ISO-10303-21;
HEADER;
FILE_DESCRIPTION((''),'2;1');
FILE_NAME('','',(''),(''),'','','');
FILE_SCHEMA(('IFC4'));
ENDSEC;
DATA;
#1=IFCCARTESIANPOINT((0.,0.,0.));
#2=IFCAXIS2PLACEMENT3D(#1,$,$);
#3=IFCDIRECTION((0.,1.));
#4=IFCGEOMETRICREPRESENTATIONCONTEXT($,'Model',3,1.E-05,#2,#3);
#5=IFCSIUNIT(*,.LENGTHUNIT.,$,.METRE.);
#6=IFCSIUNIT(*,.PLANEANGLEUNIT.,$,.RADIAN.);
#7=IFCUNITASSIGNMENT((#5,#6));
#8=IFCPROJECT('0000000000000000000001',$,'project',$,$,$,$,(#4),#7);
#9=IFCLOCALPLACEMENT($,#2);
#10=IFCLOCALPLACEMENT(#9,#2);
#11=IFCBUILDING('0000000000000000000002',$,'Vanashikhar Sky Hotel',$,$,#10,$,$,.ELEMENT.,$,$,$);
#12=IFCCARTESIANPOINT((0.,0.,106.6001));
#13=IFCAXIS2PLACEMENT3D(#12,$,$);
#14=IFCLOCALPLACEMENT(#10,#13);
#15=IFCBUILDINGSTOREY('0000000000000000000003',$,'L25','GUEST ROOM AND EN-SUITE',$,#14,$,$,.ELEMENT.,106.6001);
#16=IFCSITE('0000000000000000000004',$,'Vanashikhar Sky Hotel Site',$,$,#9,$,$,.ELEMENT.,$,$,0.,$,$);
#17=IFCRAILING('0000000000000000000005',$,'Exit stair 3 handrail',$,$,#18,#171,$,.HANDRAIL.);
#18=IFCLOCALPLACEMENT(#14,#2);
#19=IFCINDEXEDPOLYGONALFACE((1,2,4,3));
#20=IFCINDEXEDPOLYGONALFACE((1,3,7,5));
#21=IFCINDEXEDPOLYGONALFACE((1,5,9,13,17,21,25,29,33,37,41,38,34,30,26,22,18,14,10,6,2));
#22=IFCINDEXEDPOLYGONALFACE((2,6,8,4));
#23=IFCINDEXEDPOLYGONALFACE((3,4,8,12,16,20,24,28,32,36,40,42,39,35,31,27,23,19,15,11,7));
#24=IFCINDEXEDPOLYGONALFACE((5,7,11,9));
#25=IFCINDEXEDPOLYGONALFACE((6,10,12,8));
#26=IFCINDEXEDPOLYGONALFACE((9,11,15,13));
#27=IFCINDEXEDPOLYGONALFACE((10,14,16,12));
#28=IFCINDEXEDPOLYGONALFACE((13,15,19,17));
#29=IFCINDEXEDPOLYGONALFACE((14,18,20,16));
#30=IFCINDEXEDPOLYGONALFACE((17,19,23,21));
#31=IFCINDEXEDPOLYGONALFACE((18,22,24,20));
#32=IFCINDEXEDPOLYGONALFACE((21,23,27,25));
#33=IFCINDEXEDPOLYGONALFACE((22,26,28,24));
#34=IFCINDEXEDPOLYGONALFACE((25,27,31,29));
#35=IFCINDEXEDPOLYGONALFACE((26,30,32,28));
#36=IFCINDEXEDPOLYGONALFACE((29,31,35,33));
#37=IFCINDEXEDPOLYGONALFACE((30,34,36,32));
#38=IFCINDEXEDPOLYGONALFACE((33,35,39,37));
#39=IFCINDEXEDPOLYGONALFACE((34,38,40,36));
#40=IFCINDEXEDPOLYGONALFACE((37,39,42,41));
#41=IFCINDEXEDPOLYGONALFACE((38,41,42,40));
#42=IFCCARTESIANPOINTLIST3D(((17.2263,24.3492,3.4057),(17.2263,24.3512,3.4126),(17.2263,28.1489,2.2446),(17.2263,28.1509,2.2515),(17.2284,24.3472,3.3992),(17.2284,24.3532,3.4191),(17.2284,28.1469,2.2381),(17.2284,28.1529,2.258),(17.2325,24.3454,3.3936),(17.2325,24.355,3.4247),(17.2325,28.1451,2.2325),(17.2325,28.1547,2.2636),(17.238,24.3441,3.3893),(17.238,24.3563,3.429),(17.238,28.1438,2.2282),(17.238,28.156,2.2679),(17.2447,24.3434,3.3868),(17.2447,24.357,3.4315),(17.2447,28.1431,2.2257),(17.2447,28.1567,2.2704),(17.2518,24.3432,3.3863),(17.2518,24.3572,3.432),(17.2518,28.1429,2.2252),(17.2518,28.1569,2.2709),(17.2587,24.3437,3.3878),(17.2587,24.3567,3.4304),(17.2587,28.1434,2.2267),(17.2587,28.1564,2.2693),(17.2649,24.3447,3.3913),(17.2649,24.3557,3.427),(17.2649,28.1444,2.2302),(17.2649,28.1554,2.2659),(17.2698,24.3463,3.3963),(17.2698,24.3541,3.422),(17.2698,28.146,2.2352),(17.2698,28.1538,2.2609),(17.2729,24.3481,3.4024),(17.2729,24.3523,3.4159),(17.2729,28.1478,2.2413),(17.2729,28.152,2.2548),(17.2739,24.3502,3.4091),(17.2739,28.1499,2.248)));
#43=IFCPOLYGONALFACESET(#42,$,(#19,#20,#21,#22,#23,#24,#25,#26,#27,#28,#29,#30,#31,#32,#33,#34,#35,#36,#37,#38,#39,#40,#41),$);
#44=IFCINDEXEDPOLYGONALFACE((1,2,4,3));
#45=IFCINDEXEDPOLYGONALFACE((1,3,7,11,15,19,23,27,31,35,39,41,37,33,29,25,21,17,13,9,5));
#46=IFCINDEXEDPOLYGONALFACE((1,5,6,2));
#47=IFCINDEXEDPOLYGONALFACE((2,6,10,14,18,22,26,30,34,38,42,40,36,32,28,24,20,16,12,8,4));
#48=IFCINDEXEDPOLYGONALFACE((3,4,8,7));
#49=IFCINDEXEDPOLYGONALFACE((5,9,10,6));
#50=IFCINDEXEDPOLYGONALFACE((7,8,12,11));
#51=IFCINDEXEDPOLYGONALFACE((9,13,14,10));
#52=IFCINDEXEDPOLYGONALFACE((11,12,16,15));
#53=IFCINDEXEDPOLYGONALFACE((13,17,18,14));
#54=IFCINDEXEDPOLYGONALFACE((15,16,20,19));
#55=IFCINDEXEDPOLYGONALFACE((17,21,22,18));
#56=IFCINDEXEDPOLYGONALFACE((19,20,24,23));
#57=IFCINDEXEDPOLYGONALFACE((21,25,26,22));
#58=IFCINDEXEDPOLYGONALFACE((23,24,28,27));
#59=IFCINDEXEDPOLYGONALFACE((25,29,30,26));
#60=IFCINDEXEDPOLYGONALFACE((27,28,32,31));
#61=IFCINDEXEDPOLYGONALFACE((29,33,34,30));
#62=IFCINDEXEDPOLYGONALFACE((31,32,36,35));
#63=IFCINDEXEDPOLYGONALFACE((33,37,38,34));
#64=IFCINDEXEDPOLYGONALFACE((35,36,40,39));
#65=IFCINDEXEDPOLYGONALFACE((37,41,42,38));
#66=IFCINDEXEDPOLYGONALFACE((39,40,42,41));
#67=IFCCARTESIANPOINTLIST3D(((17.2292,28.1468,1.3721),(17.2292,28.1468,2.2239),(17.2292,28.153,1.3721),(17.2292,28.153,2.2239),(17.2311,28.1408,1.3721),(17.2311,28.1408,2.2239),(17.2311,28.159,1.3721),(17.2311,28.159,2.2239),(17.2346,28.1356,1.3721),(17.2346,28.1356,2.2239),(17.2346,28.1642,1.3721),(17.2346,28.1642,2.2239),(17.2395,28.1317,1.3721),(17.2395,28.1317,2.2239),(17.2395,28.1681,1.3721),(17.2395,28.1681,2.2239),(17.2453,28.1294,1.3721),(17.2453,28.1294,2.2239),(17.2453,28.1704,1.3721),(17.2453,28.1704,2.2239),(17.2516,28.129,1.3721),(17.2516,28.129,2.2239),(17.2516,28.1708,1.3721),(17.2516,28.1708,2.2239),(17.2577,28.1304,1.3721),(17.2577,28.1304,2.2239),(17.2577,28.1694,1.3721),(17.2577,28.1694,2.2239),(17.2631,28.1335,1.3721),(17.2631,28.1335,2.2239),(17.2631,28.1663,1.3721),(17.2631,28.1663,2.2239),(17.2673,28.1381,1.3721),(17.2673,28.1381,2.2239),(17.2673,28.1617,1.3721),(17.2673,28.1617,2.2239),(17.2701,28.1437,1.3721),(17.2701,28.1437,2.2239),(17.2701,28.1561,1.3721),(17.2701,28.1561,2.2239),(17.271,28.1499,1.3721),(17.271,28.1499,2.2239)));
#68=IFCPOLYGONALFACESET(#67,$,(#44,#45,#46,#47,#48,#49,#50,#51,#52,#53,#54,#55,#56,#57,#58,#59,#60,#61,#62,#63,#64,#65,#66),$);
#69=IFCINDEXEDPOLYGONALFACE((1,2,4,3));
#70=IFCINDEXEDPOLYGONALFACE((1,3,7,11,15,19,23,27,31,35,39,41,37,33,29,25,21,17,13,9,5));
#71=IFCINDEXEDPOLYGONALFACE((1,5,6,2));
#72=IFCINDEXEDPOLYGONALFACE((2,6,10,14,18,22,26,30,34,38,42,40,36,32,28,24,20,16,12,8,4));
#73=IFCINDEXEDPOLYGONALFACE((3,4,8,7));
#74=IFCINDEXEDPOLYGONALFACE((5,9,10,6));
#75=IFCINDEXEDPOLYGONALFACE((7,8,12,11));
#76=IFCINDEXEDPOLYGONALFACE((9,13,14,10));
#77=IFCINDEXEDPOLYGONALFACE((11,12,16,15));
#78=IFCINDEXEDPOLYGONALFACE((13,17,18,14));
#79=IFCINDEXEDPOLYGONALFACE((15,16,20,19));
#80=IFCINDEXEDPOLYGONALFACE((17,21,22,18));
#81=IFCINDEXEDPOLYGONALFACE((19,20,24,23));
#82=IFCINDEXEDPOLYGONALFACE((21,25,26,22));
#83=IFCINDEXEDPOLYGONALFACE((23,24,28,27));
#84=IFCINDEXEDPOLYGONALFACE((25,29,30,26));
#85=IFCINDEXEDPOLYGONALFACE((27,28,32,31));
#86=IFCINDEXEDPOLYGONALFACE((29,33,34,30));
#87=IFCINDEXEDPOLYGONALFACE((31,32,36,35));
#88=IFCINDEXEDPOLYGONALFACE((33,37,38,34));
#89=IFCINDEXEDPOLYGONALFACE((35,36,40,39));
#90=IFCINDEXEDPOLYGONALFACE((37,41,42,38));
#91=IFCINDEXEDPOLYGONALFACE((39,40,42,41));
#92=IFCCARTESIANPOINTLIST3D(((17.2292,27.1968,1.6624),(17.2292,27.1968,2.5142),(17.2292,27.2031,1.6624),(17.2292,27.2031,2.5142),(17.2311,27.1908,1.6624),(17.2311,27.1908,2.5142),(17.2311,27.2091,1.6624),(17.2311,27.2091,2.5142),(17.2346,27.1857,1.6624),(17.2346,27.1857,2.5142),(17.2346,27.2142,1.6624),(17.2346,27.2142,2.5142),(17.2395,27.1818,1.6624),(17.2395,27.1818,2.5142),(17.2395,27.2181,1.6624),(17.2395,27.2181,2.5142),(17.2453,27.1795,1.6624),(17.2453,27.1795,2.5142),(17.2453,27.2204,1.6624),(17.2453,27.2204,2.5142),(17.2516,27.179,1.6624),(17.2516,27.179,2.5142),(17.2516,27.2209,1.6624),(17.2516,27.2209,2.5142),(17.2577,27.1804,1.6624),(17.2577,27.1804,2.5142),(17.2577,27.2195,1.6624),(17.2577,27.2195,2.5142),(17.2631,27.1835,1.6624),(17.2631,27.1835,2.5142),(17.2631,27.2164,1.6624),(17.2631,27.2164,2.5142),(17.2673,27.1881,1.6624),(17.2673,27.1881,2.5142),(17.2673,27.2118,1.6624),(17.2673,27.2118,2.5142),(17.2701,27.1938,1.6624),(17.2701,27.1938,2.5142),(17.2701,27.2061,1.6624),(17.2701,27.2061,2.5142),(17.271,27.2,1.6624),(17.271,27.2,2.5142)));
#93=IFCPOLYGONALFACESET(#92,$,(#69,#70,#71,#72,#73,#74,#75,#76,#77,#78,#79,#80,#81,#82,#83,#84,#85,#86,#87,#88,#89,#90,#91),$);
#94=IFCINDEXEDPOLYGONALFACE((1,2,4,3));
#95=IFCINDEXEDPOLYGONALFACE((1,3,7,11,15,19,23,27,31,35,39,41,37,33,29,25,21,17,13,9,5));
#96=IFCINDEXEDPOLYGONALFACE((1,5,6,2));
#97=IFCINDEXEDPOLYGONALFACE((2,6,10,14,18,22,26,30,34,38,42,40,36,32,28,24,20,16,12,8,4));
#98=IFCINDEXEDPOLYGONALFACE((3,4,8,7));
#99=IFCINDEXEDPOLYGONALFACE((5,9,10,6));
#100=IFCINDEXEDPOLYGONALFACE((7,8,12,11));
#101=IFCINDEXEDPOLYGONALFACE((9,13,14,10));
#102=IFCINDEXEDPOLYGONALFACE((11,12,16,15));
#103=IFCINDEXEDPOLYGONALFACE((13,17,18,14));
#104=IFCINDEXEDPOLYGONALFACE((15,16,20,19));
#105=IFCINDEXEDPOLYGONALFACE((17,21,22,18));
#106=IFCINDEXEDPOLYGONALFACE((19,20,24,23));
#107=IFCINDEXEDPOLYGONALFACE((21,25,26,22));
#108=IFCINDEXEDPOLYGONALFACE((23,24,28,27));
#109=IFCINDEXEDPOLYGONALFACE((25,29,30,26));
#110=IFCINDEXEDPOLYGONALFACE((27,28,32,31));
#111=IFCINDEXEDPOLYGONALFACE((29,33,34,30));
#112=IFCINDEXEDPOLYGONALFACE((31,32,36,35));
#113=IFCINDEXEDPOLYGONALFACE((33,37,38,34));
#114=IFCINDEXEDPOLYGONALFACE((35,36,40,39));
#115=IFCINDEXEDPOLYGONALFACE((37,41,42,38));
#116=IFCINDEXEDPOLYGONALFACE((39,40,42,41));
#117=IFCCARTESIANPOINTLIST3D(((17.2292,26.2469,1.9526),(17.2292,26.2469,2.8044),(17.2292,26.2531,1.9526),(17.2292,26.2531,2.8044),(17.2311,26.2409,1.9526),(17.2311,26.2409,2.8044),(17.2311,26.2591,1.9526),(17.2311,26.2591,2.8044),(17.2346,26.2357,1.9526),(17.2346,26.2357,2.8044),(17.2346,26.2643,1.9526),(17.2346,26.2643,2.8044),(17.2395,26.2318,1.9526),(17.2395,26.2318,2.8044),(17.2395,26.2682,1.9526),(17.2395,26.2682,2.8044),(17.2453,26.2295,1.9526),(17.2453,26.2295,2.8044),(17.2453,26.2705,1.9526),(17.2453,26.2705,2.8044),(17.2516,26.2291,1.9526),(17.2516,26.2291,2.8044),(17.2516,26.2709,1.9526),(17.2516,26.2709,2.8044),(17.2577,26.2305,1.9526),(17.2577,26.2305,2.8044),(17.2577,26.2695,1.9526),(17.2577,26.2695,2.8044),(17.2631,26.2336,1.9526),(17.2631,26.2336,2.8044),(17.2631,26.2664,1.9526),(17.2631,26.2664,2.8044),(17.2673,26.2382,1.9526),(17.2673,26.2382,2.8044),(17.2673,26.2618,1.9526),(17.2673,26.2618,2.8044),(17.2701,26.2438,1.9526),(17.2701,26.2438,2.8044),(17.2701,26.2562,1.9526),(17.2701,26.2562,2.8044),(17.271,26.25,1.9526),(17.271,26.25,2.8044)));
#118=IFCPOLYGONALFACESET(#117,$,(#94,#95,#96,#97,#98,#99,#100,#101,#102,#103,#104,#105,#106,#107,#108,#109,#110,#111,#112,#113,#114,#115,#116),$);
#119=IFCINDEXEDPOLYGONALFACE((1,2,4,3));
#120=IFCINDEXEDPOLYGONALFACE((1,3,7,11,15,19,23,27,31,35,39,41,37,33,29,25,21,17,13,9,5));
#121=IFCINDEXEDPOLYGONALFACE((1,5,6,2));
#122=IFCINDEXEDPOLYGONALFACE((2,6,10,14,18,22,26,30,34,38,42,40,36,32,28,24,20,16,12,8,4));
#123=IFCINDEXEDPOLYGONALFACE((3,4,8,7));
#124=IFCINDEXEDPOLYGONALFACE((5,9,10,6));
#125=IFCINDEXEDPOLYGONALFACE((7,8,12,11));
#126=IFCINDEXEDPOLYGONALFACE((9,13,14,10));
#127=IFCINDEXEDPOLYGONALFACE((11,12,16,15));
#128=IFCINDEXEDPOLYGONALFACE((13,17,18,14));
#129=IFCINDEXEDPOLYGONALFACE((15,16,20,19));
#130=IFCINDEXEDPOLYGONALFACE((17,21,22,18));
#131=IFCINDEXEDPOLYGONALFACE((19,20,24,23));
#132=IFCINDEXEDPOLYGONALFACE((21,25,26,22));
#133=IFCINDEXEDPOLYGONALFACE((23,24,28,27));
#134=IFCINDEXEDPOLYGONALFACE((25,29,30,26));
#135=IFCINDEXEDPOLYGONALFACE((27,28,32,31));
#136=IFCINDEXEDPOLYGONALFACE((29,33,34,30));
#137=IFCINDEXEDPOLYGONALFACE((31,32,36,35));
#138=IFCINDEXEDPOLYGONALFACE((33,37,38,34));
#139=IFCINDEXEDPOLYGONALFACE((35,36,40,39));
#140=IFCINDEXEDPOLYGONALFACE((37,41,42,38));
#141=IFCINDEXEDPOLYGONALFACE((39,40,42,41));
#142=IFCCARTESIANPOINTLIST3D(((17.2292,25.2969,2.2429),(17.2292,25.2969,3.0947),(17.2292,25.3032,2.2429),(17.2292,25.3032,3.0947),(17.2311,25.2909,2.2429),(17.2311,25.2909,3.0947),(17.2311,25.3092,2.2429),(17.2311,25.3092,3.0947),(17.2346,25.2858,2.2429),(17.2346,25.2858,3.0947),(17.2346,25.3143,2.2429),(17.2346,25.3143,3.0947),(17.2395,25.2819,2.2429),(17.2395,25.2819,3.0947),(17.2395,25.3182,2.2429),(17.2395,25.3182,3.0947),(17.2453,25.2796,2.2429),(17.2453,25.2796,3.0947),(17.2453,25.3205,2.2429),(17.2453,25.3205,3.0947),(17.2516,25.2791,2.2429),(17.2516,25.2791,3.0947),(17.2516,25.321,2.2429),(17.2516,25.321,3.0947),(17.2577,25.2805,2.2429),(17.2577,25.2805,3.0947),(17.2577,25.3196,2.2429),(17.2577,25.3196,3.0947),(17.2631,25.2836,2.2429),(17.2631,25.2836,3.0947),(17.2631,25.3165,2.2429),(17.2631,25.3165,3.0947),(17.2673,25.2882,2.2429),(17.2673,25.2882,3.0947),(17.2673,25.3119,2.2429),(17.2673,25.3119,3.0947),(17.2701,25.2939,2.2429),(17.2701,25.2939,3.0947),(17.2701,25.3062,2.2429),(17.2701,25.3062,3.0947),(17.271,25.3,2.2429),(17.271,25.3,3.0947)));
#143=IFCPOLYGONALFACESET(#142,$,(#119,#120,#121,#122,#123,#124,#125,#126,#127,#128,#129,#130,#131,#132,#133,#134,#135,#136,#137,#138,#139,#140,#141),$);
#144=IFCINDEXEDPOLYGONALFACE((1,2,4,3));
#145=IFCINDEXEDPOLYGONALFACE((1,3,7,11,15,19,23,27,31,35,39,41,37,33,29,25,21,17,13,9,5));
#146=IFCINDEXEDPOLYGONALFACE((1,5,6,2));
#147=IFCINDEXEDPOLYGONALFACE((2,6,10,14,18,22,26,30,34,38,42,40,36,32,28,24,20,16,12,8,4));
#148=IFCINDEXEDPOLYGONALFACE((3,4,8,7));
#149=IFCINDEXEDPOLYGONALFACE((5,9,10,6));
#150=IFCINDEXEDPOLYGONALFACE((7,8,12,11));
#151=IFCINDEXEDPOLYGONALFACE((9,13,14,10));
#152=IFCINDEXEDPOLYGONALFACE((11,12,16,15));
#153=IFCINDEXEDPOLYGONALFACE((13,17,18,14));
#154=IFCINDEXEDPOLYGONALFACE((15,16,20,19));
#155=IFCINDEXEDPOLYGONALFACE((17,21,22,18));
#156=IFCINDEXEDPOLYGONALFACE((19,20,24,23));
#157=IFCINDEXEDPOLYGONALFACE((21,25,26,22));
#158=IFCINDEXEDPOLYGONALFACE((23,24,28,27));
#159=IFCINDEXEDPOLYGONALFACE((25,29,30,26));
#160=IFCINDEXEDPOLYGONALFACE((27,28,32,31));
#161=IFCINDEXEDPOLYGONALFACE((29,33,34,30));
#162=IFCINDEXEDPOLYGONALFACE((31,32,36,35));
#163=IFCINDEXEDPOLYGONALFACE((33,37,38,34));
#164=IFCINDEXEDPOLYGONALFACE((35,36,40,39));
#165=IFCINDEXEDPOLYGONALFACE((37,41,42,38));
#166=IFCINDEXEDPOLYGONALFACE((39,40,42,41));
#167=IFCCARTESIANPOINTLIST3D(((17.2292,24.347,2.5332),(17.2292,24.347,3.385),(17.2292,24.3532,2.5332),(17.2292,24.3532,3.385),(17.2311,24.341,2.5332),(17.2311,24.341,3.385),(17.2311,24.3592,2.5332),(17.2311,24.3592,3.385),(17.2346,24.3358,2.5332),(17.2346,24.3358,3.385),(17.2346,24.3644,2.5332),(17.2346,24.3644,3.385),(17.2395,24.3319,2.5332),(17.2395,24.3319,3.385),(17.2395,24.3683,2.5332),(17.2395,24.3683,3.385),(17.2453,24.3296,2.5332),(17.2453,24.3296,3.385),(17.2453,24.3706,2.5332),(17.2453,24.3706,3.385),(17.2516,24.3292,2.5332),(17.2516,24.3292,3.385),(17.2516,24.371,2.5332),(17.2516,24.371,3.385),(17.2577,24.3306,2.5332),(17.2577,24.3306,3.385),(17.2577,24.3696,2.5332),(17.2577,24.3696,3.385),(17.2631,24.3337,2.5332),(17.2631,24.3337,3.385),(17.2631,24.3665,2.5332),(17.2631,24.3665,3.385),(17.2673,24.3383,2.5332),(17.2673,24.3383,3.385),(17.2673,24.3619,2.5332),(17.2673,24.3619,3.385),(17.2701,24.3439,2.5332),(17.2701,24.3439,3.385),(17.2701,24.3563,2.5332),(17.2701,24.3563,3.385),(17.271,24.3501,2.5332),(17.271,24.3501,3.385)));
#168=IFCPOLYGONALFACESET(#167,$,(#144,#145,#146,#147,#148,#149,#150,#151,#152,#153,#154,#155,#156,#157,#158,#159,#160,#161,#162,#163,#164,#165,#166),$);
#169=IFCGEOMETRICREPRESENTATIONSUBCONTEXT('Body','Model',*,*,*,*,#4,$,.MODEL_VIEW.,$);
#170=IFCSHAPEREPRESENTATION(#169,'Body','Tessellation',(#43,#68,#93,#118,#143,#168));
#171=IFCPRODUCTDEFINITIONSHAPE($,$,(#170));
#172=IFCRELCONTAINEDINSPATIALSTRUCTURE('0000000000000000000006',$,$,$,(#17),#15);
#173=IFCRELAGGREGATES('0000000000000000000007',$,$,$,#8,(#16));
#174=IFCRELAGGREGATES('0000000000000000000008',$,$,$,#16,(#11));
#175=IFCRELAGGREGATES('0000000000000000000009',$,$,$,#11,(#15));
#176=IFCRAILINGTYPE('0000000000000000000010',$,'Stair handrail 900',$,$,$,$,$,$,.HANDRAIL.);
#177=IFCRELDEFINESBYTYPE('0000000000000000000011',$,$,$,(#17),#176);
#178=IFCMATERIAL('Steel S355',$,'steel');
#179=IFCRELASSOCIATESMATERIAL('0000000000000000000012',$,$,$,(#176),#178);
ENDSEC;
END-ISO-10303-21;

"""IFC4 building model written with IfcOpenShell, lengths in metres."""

from ifc_helpers import new_model, si_unit, direction, frame, origin, origin_2d, place, context, subcontext, project, spatial, circle, extrude, source, transform, mapped, material, type_object, element, save


model = new_model("IFC4")

# Units and contexts
model_context = context("Model", 3, precision=1e-05, world=origin(), true_north=direction((0.0, 1.0)))
body_context = subcontext(model_context, "Body", "Model", "MODEL_VIEW")
ifc_project = project(units=[si_unit("LENGTHUNIT", "METRE"), si_unit("PLANEANGLEUNIT", "RADIAN")], contexts=[model_context])

# Site, building, storey
site_placement = place(None, origin())
site = spatial("IfcSite", under=ifc_project, at=site_placement, Name="Vanashikhar Sky Hotel Site", CompositionType="ELEMENT", RefElevation=0.0)
building_placement = place(site_placement, origin())
building = spatial("IfcBuilding", under=site, at=building_placement, Name="Vanashikhar Sky Hotel", CompositionType="ELEMENT")
storey_placement = place(building_placement, frame((0.0, 0.0, 106.6001)))
storey = spatial("IfcBuildingStorey", under=building, at=storey_placement, Name="L25", Description="GUEST ROOM AND EN-SUITE", CompositionType="ELEMENT", Elevation=106.6001)

# Railing
ifc_material_1 = material(Name="Steel S355", Category="steel")
railing_type_1 = type_object("IfcRailingType", Name="Stair handrail 900", PredefinedType="HANDRAIL", material=ifc_material_1)
shared_shape_1 = source(origin(), body_context, "Body", "SweptSolid", [
    extrude(circle(Radius=0.0239, at=origin_2d()), frame((0.0, 0.0, 0.876), z_axis=(0.0, -0.956346, 0.292237), x_axis=(1.0, 0.0, 0.0)), (0.0, 0.0, 1.0), 3.9731),
    extrude(circle(Radius=0.021, at=origin_2d()), origin(), (0.0, 0.0, 1.0), 0.8518),
    extrude(circle(Radius=0.021, at=origin_2d()), frame((0.0, -0.95, 0.2903)), (0.0, 0.0, 1.0), 0.8518),
    extrude(circle(Radius=0.021, at=origin_2d()), frame((0.0, -1.8999, 0.5806)), (0.0, 0.0, 1.0), 0.8518),
    extrude(circle(Radius=0.021, at=origin_2d()), frame((0.0, -2.8499, 0.8708)), (0.0, 0.0, 1.0), 0.8518),
    extrude(circle(Radius=0.021, at=origin_2d()), frame((0.0, -3.7998, 1.1611)), (0.0, 0.0, 1.0), 0.8518),
])
railing_1_placement = place(storey_placement, frame((17.25, 28.1499, 1.3721)))
element("IfcRailing", 1, at=railing_1_placement, inside=storey, type_object=railing_type_1, Name="Exit stair 3 handrail", PredefinedType="HANDRAIL", context=body_context, shape_type="MappedRepresentation", body=[
    mapped(shared_shape_1, transform((0.0, 0.0, 0.0), scale=1.0)),
])

save(model, "model.ifc")
